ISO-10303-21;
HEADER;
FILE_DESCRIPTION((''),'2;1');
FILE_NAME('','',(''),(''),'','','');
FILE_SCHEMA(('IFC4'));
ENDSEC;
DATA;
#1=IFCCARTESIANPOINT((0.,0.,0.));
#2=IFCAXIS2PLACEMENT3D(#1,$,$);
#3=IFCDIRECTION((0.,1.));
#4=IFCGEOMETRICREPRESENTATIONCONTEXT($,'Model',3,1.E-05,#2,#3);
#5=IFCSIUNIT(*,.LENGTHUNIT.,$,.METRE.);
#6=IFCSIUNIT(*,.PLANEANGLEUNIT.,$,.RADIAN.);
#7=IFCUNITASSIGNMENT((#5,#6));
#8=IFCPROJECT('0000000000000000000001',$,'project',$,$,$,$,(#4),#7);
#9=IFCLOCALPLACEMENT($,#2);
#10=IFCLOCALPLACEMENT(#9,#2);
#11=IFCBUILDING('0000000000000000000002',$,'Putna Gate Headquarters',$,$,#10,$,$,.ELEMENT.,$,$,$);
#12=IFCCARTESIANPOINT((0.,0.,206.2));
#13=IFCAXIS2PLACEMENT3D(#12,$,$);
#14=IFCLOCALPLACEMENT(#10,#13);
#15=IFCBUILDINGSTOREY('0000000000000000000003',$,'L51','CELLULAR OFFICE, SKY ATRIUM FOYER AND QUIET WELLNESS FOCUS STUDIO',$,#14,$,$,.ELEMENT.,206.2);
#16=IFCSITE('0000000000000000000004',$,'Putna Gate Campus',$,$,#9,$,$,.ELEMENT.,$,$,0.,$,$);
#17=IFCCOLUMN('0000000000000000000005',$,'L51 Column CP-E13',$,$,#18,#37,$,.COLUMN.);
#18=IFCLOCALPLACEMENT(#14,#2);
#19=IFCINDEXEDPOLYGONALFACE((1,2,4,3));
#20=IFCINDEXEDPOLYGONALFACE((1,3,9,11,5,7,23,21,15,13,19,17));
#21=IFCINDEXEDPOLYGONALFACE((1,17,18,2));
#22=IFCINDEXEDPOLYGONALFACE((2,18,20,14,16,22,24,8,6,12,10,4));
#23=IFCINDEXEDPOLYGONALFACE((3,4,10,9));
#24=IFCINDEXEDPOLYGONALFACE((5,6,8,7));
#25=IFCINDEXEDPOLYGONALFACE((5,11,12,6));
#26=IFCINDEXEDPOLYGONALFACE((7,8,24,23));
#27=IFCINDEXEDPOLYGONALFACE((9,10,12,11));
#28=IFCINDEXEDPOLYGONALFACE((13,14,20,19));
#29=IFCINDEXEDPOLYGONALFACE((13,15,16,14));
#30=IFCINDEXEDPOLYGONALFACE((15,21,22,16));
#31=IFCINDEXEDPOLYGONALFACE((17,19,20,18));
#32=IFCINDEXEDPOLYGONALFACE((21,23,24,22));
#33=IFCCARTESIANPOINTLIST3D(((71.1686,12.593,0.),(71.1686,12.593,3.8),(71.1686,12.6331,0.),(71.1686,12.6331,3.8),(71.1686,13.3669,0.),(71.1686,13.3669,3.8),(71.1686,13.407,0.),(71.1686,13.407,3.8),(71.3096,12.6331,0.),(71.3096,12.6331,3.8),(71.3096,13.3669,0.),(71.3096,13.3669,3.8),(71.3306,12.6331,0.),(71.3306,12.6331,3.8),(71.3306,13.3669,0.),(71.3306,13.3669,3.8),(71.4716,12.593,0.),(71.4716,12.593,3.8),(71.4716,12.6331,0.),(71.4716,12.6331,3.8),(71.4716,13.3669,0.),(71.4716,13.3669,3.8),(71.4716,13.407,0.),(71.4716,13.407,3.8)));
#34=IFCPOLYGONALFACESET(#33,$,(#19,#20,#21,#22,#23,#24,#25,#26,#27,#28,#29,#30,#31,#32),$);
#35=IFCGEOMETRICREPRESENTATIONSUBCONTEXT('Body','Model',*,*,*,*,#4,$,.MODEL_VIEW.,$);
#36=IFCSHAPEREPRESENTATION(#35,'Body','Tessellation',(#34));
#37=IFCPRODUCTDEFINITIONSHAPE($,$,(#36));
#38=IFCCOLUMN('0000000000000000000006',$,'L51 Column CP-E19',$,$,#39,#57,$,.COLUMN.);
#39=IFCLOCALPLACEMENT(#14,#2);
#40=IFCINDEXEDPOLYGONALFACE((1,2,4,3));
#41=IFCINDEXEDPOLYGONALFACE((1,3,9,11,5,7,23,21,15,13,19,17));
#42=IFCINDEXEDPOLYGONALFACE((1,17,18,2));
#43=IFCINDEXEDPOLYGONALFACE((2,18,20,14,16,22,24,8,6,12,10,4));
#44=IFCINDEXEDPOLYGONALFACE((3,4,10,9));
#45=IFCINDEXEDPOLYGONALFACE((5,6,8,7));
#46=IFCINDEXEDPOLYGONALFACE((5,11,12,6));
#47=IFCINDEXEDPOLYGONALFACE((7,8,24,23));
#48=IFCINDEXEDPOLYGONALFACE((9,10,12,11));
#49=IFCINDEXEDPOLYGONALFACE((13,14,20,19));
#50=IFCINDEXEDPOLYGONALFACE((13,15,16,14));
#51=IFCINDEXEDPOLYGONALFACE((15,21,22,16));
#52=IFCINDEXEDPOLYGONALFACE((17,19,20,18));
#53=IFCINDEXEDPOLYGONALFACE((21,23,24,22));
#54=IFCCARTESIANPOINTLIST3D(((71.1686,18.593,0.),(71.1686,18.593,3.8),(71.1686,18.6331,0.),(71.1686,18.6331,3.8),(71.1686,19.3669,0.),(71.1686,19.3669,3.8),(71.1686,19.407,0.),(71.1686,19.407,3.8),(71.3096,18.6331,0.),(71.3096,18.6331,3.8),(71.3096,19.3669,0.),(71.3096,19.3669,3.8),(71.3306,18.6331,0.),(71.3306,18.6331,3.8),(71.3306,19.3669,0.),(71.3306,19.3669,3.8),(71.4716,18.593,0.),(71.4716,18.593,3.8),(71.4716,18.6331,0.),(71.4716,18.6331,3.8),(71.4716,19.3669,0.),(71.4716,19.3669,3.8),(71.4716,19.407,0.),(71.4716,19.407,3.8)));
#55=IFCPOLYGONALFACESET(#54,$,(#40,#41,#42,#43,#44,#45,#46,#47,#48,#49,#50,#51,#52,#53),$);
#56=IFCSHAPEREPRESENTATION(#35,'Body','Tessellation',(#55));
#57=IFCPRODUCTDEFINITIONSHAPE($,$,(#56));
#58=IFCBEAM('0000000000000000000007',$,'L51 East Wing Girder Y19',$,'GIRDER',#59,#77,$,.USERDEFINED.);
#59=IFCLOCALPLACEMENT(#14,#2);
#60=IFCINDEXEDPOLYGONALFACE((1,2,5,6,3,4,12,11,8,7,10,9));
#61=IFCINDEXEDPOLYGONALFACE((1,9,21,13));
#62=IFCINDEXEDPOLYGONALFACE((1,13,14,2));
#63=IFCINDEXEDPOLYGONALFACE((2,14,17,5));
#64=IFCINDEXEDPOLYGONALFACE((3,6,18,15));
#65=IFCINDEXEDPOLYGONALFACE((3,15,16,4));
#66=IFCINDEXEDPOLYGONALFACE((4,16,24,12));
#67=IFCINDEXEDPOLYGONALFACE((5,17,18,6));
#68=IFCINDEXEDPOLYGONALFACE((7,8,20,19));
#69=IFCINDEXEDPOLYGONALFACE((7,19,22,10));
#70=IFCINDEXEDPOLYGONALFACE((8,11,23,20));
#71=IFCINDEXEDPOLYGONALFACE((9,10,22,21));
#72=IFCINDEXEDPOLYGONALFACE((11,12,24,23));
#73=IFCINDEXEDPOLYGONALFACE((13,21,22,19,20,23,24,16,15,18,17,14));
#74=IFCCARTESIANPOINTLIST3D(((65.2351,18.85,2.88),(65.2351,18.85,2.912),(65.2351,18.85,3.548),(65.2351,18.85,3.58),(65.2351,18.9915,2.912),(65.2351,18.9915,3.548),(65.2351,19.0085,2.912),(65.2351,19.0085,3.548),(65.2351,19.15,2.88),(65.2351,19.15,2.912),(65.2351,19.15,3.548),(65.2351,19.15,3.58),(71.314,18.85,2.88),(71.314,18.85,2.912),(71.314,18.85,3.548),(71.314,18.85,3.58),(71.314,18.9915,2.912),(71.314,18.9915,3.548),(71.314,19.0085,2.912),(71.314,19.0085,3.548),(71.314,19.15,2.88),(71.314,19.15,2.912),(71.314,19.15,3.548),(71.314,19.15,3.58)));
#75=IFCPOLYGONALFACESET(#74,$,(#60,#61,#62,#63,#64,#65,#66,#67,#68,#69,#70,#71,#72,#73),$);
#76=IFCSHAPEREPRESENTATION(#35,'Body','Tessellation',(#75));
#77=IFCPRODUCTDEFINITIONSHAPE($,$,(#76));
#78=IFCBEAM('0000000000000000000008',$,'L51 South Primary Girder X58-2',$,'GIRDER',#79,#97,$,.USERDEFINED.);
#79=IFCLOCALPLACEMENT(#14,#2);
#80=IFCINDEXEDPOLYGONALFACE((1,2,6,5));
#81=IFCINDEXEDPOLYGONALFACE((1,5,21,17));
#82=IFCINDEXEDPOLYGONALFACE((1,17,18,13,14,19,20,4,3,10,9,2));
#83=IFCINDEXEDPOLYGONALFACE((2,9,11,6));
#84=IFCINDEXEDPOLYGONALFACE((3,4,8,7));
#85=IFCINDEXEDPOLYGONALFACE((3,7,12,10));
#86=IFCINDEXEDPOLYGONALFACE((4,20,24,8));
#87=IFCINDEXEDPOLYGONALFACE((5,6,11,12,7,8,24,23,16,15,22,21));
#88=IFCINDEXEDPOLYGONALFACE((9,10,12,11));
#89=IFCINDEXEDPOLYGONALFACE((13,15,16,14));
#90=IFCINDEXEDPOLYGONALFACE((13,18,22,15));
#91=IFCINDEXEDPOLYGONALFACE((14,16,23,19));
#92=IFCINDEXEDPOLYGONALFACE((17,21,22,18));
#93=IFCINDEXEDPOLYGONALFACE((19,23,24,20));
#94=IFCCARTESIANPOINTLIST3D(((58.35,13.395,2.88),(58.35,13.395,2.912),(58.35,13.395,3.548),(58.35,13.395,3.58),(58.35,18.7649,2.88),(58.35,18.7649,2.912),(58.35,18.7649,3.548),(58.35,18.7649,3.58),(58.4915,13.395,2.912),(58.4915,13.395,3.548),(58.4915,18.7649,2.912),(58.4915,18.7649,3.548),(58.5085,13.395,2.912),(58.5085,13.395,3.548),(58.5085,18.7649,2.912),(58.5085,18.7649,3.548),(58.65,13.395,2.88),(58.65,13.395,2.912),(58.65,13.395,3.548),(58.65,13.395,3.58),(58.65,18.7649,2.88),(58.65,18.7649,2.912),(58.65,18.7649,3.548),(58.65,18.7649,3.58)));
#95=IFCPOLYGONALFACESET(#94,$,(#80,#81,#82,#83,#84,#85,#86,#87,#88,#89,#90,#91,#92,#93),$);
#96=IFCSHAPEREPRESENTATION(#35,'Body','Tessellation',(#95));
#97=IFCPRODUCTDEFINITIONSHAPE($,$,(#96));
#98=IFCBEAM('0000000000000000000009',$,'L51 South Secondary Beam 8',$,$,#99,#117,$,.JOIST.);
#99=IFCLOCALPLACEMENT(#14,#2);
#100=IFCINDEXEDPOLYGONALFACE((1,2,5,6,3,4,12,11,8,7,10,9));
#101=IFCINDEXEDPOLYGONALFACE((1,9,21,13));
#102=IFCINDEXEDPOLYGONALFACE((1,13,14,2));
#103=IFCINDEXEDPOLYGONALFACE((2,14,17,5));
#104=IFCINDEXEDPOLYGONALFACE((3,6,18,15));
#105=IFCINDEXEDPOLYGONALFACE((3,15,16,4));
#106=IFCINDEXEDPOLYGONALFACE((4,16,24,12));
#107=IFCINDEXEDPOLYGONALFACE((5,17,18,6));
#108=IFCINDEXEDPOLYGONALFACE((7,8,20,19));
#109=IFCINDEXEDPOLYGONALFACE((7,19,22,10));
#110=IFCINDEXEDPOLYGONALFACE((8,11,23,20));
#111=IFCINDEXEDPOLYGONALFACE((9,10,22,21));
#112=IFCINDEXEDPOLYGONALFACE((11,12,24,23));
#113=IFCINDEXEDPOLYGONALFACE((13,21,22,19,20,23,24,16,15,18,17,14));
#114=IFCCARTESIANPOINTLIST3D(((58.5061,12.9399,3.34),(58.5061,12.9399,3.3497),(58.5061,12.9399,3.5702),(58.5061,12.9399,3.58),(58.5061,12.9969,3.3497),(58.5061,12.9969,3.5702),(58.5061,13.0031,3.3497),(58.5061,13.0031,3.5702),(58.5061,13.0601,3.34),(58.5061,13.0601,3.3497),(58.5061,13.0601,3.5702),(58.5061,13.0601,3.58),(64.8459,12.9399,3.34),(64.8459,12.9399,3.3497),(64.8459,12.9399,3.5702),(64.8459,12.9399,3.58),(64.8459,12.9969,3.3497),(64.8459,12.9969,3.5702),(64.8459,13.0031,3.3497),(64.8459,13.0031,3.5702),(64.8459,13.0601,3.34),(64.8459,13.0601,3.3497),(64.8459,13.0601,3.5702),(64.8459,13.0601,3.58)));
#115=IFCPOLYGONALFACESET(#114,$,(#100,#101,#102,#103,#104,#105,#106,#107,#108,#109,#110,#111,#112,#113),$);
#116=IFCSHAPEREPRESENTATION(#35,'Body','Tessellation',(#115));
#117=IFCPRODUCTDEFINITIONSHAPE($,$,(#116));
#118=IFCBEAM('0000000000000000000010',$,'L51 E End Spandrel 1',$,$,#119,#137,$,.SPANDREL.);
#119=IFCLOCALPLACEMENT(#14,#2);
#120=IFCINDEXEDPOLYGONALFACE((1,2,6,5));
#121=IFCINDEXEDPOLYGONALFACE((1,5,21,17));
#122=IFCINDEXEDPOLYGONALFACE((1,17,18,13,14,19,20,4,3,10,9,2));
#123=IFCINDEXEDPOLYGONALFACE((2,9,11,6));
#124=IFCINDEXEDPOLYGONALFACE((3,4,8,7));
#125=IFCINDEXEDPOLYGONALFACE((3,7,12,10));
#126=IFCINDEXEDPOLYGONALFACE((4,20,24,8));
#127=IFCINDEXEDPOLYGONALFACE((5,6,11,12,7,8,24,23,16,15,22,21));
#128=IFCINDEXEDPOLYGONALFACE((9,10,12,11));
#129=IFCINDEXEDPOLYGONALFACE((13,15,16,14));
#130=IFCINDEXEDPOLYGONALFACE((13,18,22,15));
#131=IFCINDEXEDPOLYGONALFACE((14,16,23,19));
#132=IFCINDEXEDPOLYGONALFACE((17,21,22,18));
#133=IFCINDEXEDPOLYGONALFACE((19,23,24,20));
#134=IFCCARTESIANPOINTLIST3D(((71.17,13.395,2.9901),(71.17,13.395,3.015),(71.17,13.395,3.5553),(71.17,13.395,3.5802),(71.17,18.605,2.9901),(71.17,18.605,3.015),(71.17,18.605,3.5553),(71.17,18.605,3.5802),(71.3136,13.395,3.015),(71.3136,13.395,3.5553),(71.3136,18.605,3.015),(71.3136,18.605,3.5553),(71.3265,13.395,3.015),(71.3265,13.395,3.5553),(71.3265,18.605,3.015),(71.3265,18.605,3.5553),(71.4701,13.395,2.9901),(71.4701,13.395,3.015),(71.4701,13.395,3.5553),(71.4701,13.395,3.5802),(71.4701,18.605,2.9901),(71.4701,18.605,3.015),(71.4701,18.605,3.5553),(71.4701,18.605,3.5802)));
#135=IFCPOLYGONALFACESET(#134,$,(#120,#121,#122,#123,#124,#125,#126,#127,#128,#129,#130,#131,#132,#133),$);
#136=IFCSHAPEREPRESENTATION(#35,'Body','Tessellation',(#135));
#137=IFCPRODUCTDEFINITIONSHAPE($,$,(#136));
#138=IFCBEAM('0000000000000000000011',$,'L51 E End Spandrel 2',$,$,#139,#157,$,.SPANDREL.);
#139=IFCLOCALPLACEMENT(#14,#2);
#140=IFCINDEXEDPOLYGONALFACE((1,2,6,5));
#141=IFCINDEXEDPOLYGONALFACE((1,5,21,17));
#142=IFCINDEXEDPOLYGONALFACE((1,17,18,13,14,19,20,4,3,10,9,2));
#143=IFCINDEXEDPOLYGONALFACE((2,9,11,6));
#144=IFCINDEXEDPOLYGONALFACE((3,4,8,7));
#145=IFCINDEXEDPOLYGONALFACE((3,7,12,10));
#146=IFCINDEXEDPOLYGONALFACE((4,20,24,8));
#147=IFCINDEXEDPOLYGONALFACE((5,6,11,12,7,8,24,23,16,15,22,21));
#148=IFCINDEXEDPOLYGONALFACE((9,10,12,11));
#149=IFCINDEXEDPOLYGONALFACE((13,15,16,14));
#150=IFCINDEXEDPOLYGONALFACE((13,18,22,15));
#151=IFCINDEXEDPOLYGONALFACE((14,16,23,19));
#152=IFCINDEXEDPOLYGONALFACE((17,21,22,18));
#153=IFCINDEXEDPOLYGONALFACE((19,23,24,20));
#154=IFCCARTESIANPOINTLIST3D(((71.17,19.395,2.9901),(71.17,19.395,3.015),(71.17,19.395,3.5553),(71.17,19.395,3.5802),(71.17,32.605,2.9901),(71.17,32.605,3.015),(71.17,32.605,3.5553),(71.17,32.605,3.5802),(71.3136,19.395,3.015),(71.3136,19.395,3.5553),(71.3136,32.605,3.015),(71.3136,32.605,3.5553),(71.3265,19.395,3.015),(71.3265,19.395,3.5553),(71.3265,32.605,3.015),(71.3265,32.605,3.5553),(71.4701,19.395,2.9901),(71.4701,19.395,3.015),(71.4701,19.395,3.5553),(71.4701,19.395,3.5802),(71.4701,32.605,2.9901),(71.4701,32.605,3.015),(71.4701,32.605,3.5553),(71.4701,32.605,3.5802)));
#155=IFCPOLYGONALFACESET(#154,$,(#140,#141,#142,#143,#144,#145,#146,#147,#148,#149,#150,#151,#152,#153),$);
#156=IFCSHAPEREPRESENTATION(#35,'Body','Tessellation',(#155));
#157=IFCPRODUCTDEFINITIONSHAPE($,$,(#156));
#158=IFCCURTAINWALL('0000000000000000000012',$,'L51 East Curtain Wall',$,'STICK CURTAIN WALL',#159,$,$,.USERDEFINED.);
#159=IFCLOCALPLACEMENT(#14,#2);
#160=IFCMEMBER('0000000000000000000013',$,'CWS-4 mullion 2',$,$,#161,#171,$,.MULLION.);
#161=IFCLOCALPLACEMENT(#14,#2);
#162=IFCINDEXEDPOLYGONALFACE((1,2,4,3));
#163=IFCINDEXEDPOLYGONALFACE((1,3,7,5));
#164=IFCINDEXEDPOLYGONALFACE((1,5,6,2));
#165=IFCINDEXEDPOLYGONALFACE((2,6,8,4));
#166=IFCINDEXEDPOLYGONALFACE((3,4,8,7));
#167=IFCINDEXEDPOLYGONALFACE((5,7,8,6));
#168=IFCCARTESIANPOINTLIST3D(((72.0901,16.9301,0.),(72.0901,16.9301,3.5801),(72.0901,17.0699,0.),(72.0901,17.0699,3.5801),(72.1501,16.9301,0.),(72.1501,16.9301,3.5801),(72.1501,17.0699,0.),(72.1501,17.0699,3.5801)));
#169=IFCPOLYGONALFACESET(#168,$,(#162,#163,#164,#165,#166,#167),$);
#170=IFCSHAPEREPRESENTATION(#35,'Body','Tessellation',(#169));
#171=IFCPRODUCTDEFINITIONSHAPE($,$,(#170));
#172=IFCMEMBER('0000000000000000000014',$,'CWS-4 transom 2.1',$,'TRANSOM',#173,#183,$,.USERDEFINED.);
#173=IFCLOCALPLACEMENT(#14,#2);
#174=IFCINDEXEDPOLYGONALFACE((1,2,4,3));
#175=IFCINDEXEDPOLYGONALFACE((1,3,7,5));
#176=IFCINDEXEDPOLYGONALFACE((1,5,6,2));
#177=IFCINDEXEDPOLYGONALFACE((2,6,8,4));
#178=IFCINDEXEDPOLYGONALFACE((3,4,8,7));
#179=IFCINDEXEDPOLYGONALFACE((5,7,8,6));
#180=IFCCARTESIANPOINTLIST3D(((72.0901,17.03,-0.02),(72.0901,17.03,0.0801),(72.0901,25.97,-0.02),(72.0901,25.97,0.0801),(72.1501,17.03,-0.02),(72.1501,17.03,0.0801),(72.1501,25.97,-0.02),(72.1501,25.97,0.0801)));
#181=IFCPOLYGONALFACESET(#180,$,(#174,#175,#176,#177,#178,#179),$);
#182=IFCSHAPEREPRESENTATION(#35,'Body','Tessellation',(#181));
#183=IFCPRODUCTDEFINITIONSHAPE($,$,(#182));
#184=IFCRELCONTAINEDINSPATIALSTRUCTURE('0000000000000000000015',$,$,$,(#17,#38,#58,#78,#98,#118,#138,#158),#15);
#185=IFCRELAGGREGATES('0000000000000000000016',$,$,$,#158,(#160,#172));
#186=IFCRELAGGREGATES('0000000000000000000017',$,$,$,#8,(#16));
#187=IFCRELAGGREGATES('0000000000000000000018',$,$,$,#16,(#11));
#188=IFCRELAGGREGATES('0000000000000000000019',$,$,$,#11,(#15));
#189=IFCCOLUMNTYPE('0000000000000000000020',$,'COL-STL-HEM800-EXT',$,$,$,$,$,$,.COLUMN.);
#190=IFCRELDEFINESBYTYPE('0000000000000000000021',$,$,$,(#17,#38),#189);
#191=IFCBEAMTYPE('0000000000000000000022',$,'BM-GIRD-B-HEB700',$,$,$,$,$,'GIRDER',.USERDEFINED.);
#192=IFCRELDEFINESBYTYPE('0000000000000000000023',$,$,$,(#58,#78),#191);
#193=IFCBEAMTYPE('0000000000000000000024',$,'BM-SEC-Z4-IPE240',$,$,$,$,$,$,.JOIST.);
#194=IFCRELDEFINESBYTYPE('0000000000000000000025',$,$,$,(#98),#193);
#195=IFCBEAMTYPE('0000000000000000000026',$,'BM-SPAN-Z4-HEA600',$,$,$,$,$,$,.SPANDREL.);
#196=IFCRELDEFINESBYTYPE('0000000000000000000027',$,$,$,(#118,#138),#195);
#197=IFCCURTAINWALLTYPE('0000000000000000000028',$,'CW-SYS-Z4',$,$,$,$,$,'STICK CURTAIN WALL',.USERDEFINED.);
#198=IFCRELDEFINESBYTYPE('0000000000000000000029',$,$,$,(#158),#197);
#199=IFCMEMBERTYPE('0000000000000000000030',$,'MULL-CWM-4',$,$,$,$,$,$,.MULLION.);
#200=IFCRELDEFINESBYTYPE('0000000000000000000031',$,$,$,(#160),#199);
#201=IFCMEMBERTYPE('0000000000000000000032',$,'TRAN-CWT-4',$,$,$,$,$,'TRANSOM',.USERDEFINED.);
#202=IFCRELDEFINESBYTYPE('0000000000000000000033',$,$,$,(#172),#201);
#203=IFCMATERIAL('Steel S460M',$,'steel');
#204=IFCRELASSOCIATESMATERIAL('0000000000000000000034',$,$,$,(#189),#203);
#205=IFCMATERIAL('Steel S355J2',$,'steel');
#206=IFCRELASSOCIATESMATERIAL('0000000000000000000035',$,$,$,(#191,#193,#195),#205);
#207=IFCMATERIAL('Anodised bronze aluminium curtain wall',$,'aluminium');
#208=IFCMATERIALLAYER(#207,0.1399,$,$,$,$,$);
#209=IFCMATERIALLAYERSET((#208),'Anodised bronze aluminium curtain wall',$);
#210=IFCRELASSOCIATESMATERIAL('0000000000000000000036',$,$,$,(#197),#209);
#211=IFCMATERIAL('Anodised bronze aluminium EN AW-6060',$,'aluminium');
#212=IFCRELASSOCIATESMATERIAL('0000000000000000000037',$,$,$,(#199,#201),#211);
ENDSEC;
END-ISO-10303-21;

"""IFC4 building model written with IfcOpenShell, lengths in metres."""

from ifc_helpers import new_model, si_unit, direction, frame, origin, origin_2d, place, context, subcontext, project, spatial, rectangle, i_section, extrude, material, layer, layer_set, material_profile, profile_set, type_object, element, aggregate, save


model = new_model("IFC4")

# Units and contexts
model_context = context("Model", 3, precision=1e-05, world=origin(), true_north=direction((0.0, 1.0)))
body_context = subcontext(model_context, "Body", "Model", "MODEL_VIEW")
ifc_project = project(units=[si_unit("LENGTHUNIT", "METRE"), si_unit("PLANEANGLEUNIT", "RADIAN")], contexts=[model_context])

# Site, building, storey
site_placement = place(None, origin())
site = spatial("IfcSite", under=ifc_project, at=site_placement, Name="Putna Gate Campus", CompositionType="ELEMENT", RefElevation=0.0)
building_placement = place(site_placement, origin())
building = spatial("IfcBuilding", under=site, at=building_placement, Name="Putna Gate Headquarters", CompositionType="ELEMENT")
storey_placement = place(building_placement, frame((0.0, 0.0, 206.2)))
storey = spatial("IfcBuildingStorey", under=building, at=storey_placement, Name="L51", Description="CELLULAR OFFICE, SKY ATRIUM FOYER AND QUIET WELLNESS FOCUS STUDIO", CompositionType="ELEMENT", Elevation=206.2)

# Columns
ifc_material_1 = material(Name="Steel S460M", Category="steel")
ifc_material_profile_1 = material_profile(ifc_material_1, i_section(OverallWidth=0.303, OverallDepth=0.814, WebThickness=0.021, FlangeThickness=0.04, at=origin_2d()), Name="Steel S460M")
ifc_profile_set_1 = profile_set([ifc_material_profile_1], Name="Steel S460M")
column_type = type_object("IfcColumnType", Name="COL-STL-HEM800-EXT", PredefinedType="COLUMN", material=ifc_profile_set_1)
for number, where, z_axis, x_axis, name in (
    (1, (71.3201, 13.0, 0.0), (0.0, 0.0, 1.0), (1.0, 0.0, 0.0), "L51 Column CP-E13"),
    (2, (71.3201, 19.0, 0.0), (0.0, 0.0, 1.0), (1.0, 0.0, 0.0), "L51 Column CP-E19"),
):
    element("IfcColumn", number, at=place(storey_placement, frame(where, z_axis=z_axis, x_axis=x_axis)), inside=storey, type_object=column_type, Name=name, PredefinedType="COLUMN", context=body_context, shape_type="SweptSolid", body=[
        extrude(i_section(OverallWidth=0.303, OverallDepth=0.814, WebThickness=0.021, FlangeThickness=0.04, at=origin_2d()), origin(), (0.0, 0.0, 1.0), 3.8),
    ])

# Beams
ifc_material_2 = material(Name="Steel S355J2", Category="steel")
ifc_material_profile_2 = material_profile(ifc_material_2, i_section(OverallWidth=0.3, OverallDepth=0.7, WebThickness=0.0171, FlangeThickness=0.032, at=origin_2d()), Name="Steel S355J2")
ifc_profile_set_2 = profile_set([ifc_material_profile_2], Name="Steel S355J2")
beam_type_1 = type_object("IfcBeamType", Name="BM-GIRD-B-HEB700", ElementType="GIRDER", PredefinedType="USERDEFINED", material=ifc_profile_set_2)
beam_1_placement = place(storey_placement, frame((65.2351, 19.0, 3.23), z_axis=(1.0, 0.0, 0.0), x_axis=(0.0, 1.0, 0.0)))
element("IfcBeam", 3, at=beam_1_placement, inside=storey, type_object=beam_type_1, Name="L51 East Wing Girder Y19", ObjectType="GIRDER", PredefinedType="USERDEFINED", context=body_context, shape_type="SweptSolid", body=[
    extrude(i_section(OverallWidth=0.3, OverallDepth=0.7, WebThickness=0.0171, FlangeThickness=0.032, at=origin_2d()), origin(), (0.0, 0.0, 1.0), 6.0789),
])
beam_2_placement = place(storey_placement, frame((58.5, 13.395, 3.23), z_axis=(0.0, 1.0, 0.0), x_axis=(-1.0, 0.0, 0.0)))
element("IfcBeam", 4, at=beam_2_placement, inside=storey, type_object=beam_type_1, Name="L51 South Primary Girder X58-2", ObjectType="GIRDER", PredefinedType="USERDEFINED", context=body_context, shape_type="SweptSolid", body=[
    extrude(i_section(OverallWidth=0.3, OverallDepth=0.7, WebThickness=0.0171, FlangeThickness=0.032, at=origin_2d()), origin(), (0.0, 0.0, 1.0), 5.3699),
])
ifc_material_profile_3 = material_profile(ifc_material_2, i_section(OverallWidth=0.1201, OverallDepth=0.24, WebThickness=0.0061, FlangeThickness=0.0098, at=origin_2d()), Name="Steel S355J2")
ifc_profile_set_3 = profile_set([ifc_material_profile_3], Name="Steel S355J2")
beam_type_2 = type_object("IfcBeamType", Name="BM-SEC-Z4-IPE240", PredefinedType="JOIST", material=ifc_profile_set_3)
beam_3_placement = place(storey_placement, frame((58.5061, 13.0, 3.46), z_axis=(1.0, 0.0, 0.0), x_axis=(0.0, 1.0, 0.0)))
element("IfcBeam", 5, at=beam_3_placement, inside=storey, type_object=beam_type_2, Name="L51 South Secondary Beam 8", PredefinedType="JOIST", context=body_context, shape_type="SweptSolid", body=[
    extrude(i_section(OverallWidth=0.1201, OverallDepth=0.24, WebThickness=0.0061, FlangeThickness=0.0098, at=origin_2d()), origin(), (0.0, 0.0, 1.0), 6.3398),
])
ifc_material_profile_4 = material_profile(ifc_material_2, i_section(OverallWidth=0.3, OverallDepth=0.5901, WebThickness=0.0129, FlangeThickness=0.0249, at=origin_2d()), Name="Steel S355J2")
ifc_profile_set_4 = profile_set([ifc_material_profile_4], Name="Steel S355J2")
beam_type_3 = type_object("IfcBeamType", Name="BM-SPAN-Z4-HEA600", PredefinedType="SPANDREL", material=ifc_profile_set_4)
beam_4_placement = place(storey_placement, frame((71.3201, 13.395, 3.2852), z_axis=(0.0, 1.0, 0.0), x_axis=(-1.0, 0.0, 0.0)))
element("IfcBeam", 6, at=beam_4_placement, inside=storey, type_object=beam_type_3, Name="L51 E End Spandrel 1", PredefinedType="SPANDREL", context=body_context, shape_type="SweptSolid", body=[
    extrude(i_section(OverallWidth=0.3, OverallDepth=0.5901, WebThickness=0.0129, FlangeThickness=0.0249, at=origin_2d()), origin(), (0.0, 0.0, 1.0), 5.21),
])
beam_5_placement = place(storey_placement, frame((71.3201, 19.395, 3.2852), z_axis=(0.0, 1.0, 0.0), x_axis=(-1.0, 0.0, 0.0)))
element("IfcBeam", 7, at=beam_5_placement, inside=storey, type_object=beam_type_3, Name="L51 E End Spandrel 2", PredefinedType="SPANDREL", context=body_context, shape_type="SweptSolid", body=[
    extrude(i_section(OverallWidth=0.3, OverallDepth=0.5901, WebThickness=0.0129, FlangeThickness=0.0249, at=origin_2d()), origin(), (0.0, 0.0, 1.0), 13.21),
])

# Curtain wall, members
ifc_material_3 = material(Name="Anodised bronze aluminium curtain wall", Category="aluminium")
ifc_layer_1 = layer(ifc_material_3, 0.1399)
ifc_layer_set_1 = layer_set([ifc_layer_1], Name="Anodised bronze aluminium curtain wall")
curtain_wall_type = type_object("IfcCurtainWallType", Name="CW-SYS-Z4", ElementType="STICK CURTAIN WALL", PredefinedType="USERDEFINED", material=ifc_layer_set_1)
curtain_wall_placement = place(storey_placement, origin())
curtain_wall = element("IfcCurtainWall", 8, at=curtain_wall_placement, inside=storey, type_object=curtain_wall_type, Name="L51 East Curtain Wall", ObjectType="STICK CURTAIN WALL", PredefinedType="USERDEFINED")
ifc_material_4 = material(Name="Anodised bronze aluminium EN AW-6060", Category="aluminium")
ifc_material_profile_5 = material_profile(ifc_material_4, rectangle(XDim=0.0601, YDim=0.1399, at=origin_2d()), Name="Anodised bronze aluminium EN AW-6060")
ifc_profile_set_5 = profile_set([ifc_material_profile_5], Name="Anodised bronze aluminium EN AW-6060")
member_type_1 = type_object("IfcMemberType", Name="MULL-CWM-4", PredefinedType="MULLION", material=ifc_profile_set_5)
member_1_placement = place(storey_placement, frame((72.1201, 17.0, 0.0), z_axis=(0.0, 0.0, 1.0), x_axis=(-1.0, 0.0, 0.0)))
member_1 = element("IfcMember", 9, at=member_1_placement, type_object=member_type_1, Name="CWS-4 mullion 2", PredefinedType="MULLION", context=body_context, shape_type="SweptSolid", body=[
    extrude(rectangle(XDim=0.0601, YDim=0.1399, at=origin_2d()), origin(), (0.0, 0.0, 1.0), 3.5801),
])
ifc_material_profile_6 = material_profile(ifc_material_4, rectangle(XDim=0.0601, YDim=0.1001, at=origin_2d()), Name="Anodised bronze aluminium EN AW-6060")
ifc_profile_set_6 = profile_set([ifc_material_profile_6], Name="Anodised bronze aluminium EN AW-6060")
member_type_2 = type_object("IfcMemberType", Name="TRAN-CWT-4", ElementType="TRANSOM", PredefinedType="USERDEFINED", material=ifc_profile_set_6)
member_2_placement = place(storey_placement, frame((72.1201, 17.03, 0.03), z_axis=(0.0, 1.0, 0.0), x_axis=(-1.0, 0.0, 0.0)))
member_2 = element("IfcMember", 10, at=member_2_placement, type_object=member_type_2, Name="CWS-4 transom 2.1", ObjectType="TRANSOM", PredefinedType="USERDEFINED", context=body_context, shape_type="SweptSolid", body=[
    extrude(rectangle(XDim=0.0601, YDim=0.1001, at=origin_2d()), origin(), (0.0, 0.0, 1.0), 8.9399),
])
aggregate(curtain_wall, [member_1, member_2])

save(model, "model.ifc")
